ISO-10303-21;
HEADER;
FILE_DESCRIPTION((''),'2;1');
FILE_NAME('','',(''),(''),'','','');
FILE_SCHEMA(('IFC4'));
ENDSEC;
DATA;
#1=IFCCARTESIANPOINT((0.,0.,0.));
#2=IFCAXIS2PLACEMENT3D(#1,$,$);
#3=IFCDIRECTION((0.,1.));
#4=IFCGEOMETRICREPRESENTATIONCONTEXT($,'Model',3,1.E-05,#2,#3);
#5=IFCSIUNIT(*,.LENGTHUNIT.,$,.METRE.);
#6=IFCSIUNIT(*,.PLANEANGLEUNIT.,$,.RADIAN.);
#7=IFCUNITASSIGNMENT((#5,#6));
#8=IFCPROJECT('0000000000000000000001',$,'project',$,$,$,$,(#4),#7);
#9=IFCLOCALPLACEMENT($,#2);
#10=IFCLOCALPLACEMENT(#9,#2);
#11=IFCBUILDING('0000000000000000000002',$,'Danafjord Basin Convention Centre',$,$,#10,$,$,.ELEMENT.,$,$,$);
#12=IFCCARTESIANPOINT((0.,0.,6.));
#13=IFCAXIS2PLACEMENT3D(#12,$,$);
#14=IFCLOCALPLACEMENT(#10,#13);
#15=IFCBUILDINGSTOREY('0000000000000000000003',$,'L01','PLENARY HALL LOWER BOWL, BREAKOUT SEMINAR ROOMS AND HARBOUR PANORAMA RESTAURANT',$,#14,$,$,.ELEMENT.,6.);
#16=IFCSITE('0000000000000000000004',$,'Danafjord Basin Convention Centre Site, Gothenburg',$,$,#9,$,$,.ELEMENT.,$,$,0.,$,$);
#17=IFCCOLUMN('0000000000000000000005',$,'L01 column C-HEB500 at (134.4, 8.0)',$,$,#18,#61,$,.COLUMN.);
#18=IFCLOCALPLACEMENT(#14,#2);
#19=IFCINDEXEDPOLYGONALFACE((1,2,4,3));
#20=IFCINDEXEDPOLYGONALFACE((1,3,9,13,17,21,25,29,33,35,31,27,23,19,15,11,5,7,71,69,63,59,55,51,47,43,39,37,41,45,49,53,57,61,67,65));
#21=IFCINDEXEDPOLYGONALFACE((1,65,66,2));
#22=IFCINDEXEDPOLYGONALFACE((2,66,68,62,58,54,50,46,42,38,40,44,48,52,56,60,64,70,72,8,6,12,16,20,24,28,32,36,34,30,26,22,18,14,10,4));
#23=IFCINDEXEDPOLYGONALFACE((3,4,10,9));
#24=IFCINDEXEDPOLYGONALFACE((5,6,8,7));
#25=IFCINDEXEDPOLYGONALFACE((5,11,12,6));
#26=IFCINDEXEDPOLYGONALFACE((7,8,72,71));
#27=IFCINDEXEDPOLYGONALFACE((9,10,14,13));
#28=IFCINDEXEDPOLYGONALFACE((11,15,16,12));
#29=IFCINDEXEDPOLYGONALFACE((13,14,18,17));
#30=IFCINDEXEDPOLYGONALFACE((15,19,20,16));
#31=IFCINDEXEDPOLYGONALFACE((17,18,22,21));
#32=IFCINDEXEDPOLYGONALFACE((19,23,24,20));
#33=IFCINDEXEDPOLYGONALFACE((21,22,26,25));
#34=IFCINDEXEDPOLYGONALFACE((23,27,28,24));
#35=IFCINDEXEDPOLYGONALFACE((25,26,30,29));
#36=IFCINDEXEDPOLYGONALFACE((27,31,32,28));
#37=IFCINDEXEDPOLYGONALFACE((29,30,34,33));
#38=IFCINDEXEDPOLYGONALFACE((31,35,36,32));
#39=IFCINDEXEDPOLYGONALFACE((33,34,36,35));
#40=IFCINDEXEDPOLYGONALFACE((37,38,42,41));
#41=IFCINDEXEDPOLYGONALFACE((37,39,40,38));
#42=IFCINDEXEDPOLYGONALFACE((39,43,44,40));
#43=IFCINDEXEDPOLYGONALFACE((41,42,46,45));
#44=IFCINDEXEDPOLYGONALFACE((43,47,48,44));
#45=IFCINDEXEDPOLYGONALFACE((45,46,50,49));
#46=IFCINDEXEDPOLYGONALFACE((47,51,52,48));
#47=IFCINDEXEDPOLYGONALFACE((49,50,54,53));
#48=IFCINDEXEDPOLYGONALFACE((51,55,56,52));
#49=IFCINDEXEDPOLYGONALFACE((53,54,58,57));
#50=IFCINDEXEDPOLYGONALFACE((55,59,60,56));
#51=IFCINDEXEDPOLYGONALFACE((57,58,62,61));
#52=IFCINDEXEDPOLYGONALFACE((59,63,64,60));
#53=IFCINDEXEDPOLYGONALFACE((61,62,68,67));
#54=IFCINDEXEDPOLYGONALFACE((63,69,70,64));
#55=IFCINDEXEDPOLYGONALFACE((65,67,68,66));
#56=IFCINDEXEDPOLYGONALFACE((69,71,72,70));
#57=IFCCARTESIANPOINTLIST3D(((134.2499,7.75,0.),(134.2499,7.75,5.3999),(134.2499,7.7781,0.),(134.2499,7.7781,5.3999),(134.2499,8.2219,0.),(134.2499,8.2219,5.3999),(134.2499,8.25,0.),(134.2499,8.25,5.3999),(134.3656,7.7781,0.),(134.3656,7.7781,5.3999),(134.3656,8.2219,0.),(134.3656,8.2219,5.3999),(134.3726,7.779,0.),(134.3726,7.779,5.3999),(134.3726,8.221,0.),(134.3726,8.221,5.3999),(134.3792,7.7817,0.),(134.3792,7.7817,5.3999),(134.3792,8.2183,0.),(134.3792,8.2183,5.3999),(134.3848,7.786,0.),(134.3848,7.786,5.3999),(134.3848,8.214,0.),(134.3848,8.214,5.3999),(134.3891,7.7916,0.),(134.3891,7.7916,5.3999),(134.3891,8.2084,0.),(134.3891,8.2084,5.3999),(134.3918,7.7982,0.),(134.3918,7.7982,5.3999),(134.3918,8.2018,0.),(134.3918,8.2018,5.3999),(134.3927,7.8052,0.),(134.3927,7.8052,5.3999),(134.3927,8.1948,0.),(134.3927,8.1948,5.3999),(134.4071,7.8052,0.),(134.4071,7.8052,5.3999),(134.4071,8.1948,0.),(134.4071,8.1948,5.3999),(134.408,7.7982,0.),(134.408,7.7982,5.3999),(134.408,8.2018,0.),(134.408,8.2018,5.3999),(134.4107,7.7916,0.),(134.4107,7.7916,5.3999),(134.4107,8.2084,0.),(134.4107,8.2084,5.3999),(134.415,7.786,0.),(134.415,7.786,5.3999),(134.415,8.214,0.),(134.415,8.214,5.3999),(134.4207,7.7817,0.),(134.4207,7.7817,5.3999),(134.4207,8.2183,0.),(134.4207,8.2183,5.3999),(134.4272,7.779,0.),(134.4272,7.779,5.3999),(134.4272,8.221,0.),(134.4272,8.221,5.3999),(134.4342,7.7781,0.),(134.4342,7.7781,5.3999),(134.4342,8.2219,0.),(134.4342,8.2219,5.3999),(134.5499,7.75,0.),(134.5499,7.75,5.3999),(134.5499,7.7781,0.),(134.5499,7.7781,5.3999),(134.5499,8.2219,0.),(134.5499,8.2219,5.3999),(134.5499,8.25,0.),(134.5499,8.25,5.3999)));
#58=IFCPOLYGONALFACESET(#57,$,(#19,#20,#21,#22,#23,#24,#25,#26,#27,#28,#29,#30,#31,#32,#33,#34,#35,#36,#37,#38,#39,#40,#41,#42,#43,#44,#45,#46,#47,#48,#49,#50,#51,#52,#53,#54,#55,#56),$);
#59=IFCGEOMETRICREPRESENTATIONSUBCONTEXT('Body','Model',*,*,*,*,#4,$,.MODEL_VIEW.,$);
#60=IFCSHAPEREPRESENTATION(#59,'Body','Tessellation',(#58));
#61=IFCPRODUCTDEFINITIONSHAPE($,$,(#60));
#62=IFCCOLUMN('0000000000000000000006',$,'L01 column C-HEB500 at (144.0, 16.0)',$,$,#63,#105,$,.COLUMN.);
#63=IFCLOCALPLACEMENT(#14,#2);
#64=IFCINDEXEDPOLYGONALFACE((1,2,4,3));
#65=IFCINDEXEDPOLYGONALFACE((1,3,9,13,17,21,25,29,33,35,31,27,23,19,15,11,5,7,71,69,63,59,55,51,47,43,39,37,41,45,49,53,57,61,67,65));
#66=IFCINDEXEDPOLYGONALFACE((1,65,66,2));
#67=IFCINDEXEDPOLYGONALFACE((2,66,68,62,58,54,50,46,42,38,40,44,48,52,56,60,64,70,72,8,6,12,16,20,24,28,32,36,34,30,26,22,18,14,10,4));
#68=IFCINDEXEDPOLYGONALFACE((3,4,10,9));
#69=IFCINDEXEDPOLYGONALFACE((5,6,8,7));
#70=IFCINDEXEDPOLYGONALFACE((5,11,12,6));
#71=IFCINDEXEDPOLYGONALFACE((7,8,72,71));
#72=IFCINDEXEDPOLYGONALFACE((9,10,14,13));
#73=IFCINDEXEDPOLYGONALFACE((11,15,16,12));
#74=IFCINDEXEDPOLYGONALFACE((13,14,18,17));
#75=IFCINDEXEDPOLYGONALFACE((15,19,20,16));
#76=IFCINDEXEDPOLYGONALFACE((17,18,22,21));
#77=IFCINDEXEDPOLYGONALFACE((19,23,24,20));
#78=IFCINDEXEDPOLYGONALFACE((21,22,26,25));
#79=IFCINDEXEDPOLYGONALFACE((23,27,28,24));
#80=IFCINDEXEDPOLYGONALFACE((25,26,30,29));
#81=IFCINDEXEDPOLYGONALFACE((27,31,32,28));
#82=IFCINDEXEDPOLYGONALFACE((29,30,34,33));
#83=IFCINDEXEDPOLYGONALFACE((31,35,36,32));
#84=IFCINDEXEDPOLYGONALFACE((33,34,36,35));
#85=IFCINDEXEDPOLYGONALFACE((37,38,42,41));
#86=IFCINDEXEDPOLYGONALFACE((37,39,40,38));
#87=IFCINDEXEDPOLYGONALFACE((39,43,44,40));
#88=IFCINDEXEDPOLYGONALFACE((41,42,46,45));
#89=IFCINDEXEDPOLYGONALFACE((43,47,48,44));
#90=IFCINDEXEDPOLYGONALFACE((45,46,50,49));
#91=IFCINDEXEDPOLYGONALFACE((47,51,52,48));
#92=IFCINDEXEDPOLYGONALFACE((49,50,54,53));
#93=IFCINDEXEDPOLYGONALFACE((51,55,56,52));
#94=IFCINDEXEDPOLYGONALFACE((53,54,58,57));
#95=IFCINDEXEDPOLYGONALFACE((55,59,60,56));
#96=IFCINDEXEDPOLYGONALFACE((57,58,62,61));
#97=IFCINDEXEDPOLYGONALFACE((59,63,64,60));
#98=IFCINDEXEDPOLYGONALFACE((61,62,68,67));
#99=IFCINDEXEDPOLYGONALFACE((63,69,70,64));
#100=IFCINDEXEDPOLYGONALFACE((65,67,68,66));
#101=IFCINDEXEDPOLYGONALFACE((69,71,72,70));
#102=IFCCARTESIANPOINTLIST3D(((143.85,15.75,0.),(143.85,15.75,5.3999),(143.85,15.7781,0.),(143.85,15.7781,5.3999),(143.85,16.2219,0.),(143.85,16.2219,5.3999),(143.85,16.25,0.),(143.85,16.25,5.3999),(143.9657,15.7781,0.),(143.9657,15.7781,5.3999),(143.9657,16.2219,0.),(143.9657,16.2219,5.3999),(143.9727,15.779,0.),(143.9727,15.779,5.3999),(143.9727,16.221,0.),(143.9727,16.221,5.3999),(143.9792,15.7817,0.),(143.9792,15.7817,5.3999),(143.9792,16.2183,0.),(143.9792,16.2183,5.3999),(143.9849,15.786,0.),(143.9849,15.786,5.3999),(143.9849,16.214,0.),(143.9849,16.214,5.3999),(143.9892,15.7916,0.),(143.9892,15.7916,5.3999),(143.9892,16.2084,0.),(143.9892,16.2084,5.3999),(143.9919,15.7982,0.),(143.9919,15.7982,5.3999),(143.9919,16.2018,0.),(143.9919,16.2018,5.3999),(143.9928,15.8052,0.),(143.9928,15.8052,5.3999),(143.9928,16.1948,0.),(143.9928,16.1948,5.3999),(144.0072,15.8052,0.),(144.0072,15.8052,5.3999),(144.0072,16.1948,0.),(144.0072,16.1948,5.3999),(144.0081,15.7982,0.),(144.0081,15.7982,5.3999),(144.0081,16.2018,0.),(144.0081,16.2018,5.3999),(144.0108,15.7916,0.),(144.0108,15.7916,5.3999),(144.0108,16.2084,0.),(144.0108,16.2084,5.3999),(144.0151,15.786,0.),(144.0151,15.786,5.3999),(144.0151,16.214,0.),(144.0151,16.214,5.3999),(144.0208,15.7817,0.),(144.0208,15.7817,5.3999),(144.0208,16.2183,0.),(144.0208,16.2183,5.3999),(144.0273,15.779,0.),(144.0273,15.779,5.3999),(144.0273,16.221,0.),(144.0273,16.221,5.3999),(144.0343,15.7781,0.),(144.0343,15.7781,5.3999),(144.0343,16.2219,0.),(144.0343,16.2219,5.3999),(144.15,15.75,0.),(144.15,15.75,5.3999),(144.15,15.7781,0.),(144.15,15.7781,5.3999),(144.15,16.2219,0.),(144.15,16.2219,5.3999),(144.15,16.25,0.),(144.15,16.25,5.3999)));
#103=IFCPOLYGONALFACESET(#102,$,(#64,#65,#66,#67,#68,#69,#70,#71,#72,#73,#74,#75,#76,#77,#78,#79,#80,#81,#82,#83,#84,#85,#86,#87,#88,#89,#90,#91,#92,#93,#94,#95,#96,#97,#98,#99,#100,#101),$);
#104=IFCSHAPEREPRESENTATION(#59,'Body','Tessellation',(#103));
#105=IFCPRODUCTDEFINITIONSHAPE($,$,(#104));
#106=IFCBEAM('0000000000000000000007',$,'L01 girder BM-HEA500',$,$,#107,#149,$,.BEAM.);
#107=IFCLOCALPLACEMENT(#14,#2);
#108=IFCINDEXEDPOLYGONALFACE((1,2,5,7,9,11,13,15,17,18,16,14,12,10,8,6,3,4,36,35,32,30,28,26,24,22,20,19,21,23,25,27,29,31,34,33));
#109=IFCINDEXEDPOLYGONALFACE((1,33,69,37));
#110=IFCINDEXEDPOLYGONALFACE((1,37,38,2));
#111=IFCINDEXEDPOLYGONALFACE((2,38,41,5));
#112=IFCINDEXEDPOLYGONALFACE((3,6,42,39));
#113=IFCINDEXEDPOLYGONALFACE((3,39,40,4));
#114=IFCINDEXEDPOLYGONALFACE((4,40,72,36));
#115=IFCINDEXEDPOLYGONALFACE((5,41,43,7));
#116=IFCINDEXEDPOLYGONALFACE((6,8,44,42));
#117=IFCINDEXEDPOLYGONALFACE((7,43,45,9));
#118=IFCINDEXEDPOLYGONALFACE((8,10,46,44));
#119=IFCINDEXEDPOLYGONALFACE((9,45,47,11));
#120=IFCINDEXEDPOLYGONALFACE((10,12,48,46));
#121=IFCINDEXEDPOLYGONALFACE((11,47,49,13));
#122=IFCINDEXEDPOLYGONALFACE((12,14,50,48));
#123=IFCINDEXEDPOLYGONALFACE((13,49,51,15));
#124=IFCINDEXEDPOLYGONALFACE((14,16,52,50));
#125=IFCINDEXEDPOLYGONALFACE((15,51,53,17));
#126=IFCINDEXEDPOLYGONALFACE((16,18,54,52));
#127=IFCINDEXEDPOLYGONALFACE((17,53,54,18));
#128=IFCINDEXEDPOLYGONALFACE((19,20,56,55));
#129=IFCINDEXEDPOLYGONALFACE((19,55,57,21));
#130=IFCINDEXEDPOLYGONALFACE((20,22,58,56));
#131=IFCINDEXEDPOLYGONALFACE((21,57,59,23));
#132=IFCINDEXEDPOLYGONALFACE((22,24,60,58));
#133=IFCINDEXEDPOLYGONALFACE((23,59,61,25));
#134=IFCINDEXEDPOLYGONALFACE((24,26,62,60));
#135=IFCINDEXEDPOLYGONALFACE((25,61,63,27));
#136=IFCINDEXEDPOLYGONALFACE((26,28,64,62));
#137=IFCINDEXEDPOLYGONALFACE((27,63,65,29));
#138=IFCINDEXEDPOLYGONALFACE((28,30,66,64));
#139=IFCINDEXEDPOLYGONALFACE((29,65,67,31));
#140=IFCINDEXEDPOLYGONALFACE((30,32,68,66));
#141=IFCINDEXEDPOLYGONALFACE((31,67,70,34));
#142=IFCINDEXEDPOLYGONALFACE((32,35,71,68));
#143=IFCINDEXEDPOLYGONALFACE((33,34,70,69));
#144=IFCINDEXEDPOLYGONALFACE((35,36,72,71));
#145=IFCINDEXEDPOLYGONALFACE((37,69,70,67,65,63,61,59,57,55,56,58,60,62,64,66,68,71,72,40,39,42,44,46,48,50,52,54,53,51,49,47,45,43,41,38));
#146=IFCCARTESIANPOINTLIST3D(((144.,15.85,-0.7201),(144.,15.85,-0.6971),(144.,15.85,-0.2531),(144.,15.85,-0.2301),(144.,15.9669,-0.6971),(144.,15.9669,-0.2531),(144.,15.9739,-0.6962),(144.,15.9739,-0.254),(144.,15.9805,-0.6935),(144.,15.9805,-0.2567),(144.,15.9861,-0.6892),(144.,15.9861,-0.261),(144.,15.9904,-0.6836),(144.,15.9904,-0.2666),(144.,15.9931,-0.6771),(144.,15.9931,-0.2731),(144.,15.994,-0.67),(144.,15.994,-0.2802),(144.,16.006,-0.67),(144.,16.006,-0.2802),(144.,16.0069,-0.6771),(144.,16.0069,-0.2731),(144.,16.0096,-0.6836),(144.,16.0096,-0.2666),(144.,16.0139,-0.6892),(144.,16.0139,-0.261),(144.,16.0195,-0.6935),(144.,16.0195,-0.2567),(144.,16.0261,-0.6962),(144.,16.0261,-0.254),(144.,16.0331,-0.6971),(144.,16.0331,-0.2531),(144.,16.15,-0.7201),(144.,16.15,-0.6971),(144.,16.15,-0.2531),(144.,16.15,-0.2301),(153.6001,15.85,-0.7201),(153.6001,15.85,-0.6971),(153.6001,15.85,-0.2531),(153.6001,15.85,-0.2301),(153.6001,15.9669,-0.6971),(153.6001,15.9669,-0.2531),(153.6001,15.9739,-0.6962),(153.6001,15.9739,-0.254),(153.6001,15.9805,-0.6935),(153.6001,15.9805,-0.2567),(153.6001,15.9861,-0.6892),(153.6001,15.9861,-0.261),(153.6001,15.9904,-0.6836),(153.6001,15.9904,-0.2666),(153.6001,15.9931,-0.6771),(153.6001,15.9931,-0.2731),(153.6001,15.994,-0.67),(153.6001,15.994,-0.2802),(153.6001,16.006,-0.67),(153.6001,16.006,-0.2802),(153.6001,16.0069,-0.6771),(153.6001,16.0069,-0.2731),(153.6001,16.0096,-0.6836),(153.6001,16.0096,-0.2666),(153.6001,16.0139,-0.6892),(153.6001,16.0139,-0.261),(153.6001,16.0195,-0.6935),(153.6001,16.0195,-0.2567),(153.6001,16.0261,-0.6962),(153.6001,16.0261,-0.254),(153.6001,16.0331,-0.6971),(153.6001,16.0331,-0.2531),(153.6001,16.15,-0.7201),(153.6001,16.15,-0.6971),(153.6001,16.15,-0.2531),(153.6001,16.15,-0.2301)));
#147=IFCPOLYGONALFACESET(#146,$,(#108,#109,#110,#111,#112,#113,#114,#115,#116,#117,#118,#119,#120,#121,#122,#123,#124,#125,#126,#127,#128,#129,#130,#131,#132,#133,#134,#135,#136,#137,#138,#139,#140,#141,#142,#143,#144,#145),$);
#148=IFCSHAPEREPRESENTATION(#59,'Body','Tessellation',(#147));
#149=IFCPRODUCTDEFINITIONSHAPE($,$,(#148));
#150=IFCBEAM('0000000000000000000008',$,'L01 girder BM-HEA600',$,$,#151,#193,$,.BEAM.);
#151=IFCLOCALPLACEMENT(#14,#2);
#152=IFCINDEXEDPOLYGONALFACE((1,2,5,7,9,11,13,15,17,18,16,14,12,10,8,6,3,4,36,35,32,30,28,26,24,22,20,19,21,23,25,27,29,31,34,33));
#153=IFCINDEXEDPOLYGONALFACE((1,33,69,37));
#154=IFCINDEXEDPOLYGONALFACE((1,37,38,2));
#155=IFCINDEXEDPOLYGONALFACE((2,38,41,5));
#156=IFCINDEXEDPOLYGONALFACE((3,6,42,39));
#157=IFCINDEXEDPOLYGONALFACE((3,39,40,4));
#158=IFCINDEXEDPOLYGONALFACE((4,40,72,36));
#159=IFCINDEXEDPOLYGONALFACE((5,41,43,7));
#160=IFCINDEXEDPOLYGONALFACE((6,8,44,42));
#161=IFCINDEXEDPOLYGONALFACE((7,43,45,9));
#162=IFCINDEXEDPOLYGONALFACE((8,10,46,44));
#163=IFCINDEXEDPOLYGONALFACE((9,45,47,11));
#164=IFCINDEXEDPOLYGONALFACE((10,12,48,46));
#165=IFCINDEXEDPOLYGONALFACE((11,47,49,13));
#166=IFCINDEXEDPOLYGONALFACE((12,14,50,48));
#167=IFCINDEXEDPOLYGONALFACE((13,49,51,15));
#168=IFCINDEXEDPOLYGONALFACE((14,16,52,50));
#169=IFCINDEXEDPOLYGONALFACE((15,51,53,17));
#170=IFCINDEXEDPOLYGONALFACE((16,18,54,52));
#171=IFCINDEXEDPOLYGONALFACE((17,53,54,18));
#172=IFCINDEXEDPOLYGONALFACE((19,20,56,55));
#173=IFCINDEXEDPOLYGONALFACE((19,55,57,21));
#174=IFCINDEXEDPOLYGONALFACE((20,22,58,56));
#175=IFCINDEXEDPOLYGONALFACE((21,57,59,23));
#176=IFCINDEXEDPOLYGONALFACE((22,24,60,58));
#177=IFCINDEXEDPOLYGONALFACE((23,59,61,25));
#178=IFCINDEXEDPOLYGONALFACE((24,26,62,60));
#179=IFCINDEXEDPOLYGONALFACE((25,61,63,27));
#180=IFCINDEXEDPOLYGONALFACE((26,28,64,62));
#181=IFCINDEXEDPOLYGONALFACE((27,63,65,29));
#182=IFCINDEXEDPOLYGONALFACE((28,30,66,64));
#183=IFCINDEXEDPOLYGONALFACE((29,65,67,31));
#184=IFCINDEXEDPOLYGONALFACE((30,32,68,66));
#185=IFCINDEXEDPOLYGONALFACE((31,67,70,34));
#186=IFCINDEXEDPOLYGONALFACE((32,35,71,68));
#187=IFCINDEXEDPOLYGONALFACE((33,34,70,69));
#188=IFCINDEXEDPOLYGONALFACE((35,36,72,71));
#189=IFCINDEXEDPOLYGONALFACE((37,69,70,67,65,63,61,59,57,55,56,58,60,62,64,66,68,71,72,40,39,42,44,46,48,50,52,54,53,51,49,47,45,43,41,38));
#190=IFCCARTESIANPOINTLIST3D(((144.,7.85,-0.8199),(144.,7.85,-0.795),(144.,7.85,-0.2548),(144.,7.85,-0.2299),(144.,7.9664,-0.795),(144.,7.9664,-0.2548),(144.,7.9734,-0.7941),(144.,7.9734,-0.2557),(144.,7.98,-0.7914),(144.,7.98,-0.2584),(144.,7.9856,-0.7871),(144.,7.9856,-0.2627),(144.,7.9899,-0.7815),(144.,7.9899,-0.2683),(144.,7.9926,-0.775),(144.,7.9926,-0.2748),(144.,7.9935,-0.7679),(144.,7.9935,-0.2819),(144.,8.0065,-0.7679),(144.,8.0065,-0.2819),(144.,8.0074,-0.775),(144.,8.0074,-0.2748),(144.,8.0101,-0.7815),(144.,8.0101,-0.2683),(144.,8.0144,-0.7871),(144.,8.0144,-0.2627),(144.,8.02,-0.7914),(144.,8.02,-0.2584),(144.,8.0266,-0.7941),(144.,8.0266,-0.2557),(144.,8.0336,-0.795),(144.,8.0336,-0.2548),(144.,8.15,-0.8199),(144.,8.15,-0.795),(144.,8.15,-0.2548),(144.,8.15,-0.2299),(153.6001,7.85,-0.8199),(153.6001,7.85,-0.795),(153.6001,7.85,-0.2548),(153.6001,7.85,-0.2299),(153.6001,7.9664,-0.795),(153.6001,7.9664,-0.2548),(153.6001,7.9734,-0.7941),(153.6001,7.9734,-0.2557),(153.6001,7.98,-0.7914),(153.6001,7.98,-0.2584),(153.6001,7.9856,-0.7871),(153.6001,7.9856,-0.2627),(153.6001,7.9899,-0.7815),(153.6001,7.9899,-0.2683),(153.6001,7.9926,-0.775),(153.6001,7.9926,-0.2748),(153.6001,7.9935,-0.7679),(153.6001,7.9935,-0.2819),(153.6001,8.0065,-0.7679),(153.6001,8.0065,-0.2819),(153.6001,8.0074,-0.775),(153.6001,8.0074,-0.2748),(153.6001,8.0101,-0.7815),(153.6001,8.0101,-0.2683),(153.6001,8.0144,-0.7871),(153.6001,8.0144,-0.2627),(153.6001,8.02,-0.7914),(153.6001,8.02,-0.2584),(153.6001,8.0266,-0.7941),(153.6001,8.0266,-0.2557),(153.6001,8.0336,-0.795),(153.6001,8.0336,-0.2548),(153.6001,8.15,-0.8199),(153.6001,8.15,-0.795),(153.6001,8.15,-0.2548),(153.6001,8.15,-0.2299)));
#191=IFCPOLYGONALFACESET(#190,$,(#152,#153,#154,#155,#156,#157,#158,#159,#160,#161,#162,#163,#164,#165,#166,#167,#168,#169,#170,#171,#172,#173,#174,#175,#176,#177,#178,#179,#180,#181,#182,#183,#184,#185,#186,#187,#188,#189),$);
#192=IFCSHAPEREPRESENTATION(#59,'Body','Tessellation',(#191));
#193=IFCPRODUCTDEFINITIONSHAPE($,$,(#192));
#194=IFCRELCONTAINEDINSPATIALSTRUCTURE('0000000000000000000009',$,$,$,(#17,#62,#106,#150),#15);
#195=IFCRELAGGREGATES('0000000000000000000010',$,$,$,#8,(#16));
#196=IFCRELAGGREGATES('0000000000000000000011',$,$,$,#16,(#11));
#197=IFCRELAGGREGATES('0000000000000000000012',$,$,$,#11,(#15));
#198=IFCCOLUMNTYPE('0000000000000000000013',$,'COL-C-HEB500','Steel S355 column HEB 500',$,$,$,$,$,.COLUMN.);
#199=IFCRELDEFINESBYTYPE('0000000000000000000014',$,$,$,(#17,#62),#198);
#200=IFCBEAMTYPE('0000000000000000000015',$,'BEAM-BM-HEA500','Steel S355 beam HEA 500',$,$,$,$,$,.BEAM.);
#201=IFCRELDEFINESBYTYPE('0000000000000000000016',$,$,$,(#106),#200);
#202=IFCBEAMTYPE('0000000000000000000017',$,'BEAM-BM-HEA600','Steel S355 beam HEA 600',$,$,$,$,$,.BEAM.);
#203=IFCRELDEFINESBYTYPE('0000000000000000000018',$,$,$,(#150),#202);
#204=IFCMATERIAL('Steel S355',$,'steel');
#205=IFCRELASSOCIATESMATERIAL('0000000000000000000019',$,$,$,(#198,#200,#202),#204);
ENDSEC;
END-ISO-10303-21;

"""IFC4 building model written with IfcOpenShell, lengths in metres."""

from ifc_helpers import new_model, si_unit, direction, frame, origin, origin_2d, place, context, subcontext, project, spatial, i_section, extrude, material, material_profile, profile_set, type_object, element, save


model = new_model("IFC4")

# Units and contexts
model_context = context("Model", 3, precision=1e-05, world=origin(), true_north=direction((0.0, 1.0)))
body_context = subcontext(model_context, "Body", "Model", "MODEL_VIEW")
ifc_project = project(units=[si_unit("LENGTHUNIT", "METRE"), si_unit("PLANEANGLEUNIT", "RADIAN")], contexts=[model_context])

# Site, building, storey
site_placement = place(None, origin())
site = spatial("IfcSite", under=ifc_project, at=site_placement, Name="Danafjord Basin Convention Centre Site, Gothenburg", CompositionType="ELEMENT", RefElevation=0.0)
building_placement = place(site_placement, origin())
building = spatial("IfcBuilding", under=site, at=building_placement, Name="Danafjord Basin Convention Centre", CompositionType="ELEMENT")
storey_placement = place(building_placement, frame((0.0, 0.0, 6.0)))
storey = spatial("IfcBuildingStorey", under=building, at=storey_placement, Name="L01", Description="PLENARY HALL LOWER BOWL, BREAKOUT SEMINAR ROOMS AND HARBOUR PANORAMA RESTAURANT", CompositionType="ELEMENT", Elevation=6.0)

# Columns
ifc_material_1 = material(Name="Steel S355", Category="steel")
ifc_material_profile_1 = material_profile(ifc_material_1, i_section(OverallWidth=0.3, OverallDepth=0.5, WebThickness=0.0144, FlangeThickness=0.0281, FilletRadius=0.0271, at=origin_2d()), Name="HEB 500")
ifc_profile_set_1 = profile_set([ifc_material_profile_1], Name="Steel S355")
column_type_1 = type_object("IfcColumnType", Name="COL-C-HEB500", Description="Steel S355 column HEB 500", PredefinedType="COLUMN", material=ifc_profile_set_1)
for number, where, z_axis, x_axis, name in (
    (1, (134.3999, 8.0, 0.0), (0.0, 0.0, 1.0), (1.0, 0.0, 0.0), "L01 column C-HEB500 at (134.4, 8.0)"),
    (2, (144.0, 16.0, 0.0), (0.0, 0.0, 1.0), (1.0, 0.0, 0.0), "L01 column C-HEB500 at (144.0, 16.0)"),
):
    element("IfcColumn", number, at=place(storey_placement, frame(where, z_axis=z_axis, x_axis=x_axis)), inside=storey, type_object=column_type_1, Name=name, PredefinedType="COLUMN", context=body_context, shape_type="SweptSolid", body=[
        extrude(i_section(OverallWidth=0.3, OverallDepth=0.5, WebThickness=0.0144, FlangeThickness=0.0281, FilletRadius=0.0271, at=origin_2d()), origin(), (0.0, 0.0, 1.0), 5.3999),
    ])

# Beams
ifc_material_profile_2 = material_profile(ifc_material_1, i_section(OverallWidth=0.3, OverallDepth=0.49, WebThickness=0.012, FlangeThickness=0.0229, FilletRadius=0.0271, at=origin_2d()), Name="HEA 500")
ifc_profile_set_2 = profile_set([ifc_material_profile_2], Name="Steel S355")
beam_type_1 = type_object("IfcBeamType", Name="BEAM-BM-HEA500", Description="Steel S355 beam HEA 500", PredefinedType="BEAM", material=ifc_profile_set_2)
beam_1_placement = place(storey_placement, frame((144.0, 16.0, -0.4751), z_axis=(1.0, 0.0, 0.0), x_axis=(0.0, 1.0, 0.0)))
element("IfcBeam", 3, at=beam_1_placement, inside=storey, type_object=beam_type_1, Name="L01 girder BM-HEA500", PredefinedType="BEAM", context=body_context, shape_type="SweptSolid", body=[
    extrude(i_section(OverallWidth=0.3, OverallDepth=0.49, WebThickness=0.012, FlangeThickness=0.0229, FilletRadius=0.0271, at=origin_2d()), origin(), (0.0, 0.0, 1.0), 9.6001),
])
ifc_material_profile_3 = material_profile(ifc_material_1, i_section(OverallWidth=0.3, OverallDepth=0.5901, WebThickness=0.0129, FlangeThickness=0.0249, FilletRadius=0.0271, at=origin_2d()), Name="HEA 600")
ifc_profile_set_3 = profile_set([ifc_material_profile_3], Name="Steel S355")
beam_type_2 = type_object("IfcBeamType", Name="BEAM-BM-HEA600", Description="Steel S355 beam HEA 600", PredefinedType="BEAM", material=ifc_profile_set_3)
beam_2_placement = place(storey_placement, frame((144.0, 8.0, -0.5249), z_axis=(1.0, 0.0, 0.0), x_axis=(0.0, 1.0, 0.0)))
element("IfcBeam", 4, at=beam_2_placement, inside=storey, type_object=beam_type_2, Name="L01 girder BM-HEA600", PredefinedType="BEAM", context=body_context, shape_type="SweptSolid", body=[
    extrude(i_section(OverallWidth=0.3, OverallDepth=0.5901, WebThickness=0.0129, FlangeThickness=0.0249, FilletRadius=0.0271, at=origin_2d()), origin(), (0.0, 0.0, 1.0), 9.6001),
])

save(model, "model.ifc")
